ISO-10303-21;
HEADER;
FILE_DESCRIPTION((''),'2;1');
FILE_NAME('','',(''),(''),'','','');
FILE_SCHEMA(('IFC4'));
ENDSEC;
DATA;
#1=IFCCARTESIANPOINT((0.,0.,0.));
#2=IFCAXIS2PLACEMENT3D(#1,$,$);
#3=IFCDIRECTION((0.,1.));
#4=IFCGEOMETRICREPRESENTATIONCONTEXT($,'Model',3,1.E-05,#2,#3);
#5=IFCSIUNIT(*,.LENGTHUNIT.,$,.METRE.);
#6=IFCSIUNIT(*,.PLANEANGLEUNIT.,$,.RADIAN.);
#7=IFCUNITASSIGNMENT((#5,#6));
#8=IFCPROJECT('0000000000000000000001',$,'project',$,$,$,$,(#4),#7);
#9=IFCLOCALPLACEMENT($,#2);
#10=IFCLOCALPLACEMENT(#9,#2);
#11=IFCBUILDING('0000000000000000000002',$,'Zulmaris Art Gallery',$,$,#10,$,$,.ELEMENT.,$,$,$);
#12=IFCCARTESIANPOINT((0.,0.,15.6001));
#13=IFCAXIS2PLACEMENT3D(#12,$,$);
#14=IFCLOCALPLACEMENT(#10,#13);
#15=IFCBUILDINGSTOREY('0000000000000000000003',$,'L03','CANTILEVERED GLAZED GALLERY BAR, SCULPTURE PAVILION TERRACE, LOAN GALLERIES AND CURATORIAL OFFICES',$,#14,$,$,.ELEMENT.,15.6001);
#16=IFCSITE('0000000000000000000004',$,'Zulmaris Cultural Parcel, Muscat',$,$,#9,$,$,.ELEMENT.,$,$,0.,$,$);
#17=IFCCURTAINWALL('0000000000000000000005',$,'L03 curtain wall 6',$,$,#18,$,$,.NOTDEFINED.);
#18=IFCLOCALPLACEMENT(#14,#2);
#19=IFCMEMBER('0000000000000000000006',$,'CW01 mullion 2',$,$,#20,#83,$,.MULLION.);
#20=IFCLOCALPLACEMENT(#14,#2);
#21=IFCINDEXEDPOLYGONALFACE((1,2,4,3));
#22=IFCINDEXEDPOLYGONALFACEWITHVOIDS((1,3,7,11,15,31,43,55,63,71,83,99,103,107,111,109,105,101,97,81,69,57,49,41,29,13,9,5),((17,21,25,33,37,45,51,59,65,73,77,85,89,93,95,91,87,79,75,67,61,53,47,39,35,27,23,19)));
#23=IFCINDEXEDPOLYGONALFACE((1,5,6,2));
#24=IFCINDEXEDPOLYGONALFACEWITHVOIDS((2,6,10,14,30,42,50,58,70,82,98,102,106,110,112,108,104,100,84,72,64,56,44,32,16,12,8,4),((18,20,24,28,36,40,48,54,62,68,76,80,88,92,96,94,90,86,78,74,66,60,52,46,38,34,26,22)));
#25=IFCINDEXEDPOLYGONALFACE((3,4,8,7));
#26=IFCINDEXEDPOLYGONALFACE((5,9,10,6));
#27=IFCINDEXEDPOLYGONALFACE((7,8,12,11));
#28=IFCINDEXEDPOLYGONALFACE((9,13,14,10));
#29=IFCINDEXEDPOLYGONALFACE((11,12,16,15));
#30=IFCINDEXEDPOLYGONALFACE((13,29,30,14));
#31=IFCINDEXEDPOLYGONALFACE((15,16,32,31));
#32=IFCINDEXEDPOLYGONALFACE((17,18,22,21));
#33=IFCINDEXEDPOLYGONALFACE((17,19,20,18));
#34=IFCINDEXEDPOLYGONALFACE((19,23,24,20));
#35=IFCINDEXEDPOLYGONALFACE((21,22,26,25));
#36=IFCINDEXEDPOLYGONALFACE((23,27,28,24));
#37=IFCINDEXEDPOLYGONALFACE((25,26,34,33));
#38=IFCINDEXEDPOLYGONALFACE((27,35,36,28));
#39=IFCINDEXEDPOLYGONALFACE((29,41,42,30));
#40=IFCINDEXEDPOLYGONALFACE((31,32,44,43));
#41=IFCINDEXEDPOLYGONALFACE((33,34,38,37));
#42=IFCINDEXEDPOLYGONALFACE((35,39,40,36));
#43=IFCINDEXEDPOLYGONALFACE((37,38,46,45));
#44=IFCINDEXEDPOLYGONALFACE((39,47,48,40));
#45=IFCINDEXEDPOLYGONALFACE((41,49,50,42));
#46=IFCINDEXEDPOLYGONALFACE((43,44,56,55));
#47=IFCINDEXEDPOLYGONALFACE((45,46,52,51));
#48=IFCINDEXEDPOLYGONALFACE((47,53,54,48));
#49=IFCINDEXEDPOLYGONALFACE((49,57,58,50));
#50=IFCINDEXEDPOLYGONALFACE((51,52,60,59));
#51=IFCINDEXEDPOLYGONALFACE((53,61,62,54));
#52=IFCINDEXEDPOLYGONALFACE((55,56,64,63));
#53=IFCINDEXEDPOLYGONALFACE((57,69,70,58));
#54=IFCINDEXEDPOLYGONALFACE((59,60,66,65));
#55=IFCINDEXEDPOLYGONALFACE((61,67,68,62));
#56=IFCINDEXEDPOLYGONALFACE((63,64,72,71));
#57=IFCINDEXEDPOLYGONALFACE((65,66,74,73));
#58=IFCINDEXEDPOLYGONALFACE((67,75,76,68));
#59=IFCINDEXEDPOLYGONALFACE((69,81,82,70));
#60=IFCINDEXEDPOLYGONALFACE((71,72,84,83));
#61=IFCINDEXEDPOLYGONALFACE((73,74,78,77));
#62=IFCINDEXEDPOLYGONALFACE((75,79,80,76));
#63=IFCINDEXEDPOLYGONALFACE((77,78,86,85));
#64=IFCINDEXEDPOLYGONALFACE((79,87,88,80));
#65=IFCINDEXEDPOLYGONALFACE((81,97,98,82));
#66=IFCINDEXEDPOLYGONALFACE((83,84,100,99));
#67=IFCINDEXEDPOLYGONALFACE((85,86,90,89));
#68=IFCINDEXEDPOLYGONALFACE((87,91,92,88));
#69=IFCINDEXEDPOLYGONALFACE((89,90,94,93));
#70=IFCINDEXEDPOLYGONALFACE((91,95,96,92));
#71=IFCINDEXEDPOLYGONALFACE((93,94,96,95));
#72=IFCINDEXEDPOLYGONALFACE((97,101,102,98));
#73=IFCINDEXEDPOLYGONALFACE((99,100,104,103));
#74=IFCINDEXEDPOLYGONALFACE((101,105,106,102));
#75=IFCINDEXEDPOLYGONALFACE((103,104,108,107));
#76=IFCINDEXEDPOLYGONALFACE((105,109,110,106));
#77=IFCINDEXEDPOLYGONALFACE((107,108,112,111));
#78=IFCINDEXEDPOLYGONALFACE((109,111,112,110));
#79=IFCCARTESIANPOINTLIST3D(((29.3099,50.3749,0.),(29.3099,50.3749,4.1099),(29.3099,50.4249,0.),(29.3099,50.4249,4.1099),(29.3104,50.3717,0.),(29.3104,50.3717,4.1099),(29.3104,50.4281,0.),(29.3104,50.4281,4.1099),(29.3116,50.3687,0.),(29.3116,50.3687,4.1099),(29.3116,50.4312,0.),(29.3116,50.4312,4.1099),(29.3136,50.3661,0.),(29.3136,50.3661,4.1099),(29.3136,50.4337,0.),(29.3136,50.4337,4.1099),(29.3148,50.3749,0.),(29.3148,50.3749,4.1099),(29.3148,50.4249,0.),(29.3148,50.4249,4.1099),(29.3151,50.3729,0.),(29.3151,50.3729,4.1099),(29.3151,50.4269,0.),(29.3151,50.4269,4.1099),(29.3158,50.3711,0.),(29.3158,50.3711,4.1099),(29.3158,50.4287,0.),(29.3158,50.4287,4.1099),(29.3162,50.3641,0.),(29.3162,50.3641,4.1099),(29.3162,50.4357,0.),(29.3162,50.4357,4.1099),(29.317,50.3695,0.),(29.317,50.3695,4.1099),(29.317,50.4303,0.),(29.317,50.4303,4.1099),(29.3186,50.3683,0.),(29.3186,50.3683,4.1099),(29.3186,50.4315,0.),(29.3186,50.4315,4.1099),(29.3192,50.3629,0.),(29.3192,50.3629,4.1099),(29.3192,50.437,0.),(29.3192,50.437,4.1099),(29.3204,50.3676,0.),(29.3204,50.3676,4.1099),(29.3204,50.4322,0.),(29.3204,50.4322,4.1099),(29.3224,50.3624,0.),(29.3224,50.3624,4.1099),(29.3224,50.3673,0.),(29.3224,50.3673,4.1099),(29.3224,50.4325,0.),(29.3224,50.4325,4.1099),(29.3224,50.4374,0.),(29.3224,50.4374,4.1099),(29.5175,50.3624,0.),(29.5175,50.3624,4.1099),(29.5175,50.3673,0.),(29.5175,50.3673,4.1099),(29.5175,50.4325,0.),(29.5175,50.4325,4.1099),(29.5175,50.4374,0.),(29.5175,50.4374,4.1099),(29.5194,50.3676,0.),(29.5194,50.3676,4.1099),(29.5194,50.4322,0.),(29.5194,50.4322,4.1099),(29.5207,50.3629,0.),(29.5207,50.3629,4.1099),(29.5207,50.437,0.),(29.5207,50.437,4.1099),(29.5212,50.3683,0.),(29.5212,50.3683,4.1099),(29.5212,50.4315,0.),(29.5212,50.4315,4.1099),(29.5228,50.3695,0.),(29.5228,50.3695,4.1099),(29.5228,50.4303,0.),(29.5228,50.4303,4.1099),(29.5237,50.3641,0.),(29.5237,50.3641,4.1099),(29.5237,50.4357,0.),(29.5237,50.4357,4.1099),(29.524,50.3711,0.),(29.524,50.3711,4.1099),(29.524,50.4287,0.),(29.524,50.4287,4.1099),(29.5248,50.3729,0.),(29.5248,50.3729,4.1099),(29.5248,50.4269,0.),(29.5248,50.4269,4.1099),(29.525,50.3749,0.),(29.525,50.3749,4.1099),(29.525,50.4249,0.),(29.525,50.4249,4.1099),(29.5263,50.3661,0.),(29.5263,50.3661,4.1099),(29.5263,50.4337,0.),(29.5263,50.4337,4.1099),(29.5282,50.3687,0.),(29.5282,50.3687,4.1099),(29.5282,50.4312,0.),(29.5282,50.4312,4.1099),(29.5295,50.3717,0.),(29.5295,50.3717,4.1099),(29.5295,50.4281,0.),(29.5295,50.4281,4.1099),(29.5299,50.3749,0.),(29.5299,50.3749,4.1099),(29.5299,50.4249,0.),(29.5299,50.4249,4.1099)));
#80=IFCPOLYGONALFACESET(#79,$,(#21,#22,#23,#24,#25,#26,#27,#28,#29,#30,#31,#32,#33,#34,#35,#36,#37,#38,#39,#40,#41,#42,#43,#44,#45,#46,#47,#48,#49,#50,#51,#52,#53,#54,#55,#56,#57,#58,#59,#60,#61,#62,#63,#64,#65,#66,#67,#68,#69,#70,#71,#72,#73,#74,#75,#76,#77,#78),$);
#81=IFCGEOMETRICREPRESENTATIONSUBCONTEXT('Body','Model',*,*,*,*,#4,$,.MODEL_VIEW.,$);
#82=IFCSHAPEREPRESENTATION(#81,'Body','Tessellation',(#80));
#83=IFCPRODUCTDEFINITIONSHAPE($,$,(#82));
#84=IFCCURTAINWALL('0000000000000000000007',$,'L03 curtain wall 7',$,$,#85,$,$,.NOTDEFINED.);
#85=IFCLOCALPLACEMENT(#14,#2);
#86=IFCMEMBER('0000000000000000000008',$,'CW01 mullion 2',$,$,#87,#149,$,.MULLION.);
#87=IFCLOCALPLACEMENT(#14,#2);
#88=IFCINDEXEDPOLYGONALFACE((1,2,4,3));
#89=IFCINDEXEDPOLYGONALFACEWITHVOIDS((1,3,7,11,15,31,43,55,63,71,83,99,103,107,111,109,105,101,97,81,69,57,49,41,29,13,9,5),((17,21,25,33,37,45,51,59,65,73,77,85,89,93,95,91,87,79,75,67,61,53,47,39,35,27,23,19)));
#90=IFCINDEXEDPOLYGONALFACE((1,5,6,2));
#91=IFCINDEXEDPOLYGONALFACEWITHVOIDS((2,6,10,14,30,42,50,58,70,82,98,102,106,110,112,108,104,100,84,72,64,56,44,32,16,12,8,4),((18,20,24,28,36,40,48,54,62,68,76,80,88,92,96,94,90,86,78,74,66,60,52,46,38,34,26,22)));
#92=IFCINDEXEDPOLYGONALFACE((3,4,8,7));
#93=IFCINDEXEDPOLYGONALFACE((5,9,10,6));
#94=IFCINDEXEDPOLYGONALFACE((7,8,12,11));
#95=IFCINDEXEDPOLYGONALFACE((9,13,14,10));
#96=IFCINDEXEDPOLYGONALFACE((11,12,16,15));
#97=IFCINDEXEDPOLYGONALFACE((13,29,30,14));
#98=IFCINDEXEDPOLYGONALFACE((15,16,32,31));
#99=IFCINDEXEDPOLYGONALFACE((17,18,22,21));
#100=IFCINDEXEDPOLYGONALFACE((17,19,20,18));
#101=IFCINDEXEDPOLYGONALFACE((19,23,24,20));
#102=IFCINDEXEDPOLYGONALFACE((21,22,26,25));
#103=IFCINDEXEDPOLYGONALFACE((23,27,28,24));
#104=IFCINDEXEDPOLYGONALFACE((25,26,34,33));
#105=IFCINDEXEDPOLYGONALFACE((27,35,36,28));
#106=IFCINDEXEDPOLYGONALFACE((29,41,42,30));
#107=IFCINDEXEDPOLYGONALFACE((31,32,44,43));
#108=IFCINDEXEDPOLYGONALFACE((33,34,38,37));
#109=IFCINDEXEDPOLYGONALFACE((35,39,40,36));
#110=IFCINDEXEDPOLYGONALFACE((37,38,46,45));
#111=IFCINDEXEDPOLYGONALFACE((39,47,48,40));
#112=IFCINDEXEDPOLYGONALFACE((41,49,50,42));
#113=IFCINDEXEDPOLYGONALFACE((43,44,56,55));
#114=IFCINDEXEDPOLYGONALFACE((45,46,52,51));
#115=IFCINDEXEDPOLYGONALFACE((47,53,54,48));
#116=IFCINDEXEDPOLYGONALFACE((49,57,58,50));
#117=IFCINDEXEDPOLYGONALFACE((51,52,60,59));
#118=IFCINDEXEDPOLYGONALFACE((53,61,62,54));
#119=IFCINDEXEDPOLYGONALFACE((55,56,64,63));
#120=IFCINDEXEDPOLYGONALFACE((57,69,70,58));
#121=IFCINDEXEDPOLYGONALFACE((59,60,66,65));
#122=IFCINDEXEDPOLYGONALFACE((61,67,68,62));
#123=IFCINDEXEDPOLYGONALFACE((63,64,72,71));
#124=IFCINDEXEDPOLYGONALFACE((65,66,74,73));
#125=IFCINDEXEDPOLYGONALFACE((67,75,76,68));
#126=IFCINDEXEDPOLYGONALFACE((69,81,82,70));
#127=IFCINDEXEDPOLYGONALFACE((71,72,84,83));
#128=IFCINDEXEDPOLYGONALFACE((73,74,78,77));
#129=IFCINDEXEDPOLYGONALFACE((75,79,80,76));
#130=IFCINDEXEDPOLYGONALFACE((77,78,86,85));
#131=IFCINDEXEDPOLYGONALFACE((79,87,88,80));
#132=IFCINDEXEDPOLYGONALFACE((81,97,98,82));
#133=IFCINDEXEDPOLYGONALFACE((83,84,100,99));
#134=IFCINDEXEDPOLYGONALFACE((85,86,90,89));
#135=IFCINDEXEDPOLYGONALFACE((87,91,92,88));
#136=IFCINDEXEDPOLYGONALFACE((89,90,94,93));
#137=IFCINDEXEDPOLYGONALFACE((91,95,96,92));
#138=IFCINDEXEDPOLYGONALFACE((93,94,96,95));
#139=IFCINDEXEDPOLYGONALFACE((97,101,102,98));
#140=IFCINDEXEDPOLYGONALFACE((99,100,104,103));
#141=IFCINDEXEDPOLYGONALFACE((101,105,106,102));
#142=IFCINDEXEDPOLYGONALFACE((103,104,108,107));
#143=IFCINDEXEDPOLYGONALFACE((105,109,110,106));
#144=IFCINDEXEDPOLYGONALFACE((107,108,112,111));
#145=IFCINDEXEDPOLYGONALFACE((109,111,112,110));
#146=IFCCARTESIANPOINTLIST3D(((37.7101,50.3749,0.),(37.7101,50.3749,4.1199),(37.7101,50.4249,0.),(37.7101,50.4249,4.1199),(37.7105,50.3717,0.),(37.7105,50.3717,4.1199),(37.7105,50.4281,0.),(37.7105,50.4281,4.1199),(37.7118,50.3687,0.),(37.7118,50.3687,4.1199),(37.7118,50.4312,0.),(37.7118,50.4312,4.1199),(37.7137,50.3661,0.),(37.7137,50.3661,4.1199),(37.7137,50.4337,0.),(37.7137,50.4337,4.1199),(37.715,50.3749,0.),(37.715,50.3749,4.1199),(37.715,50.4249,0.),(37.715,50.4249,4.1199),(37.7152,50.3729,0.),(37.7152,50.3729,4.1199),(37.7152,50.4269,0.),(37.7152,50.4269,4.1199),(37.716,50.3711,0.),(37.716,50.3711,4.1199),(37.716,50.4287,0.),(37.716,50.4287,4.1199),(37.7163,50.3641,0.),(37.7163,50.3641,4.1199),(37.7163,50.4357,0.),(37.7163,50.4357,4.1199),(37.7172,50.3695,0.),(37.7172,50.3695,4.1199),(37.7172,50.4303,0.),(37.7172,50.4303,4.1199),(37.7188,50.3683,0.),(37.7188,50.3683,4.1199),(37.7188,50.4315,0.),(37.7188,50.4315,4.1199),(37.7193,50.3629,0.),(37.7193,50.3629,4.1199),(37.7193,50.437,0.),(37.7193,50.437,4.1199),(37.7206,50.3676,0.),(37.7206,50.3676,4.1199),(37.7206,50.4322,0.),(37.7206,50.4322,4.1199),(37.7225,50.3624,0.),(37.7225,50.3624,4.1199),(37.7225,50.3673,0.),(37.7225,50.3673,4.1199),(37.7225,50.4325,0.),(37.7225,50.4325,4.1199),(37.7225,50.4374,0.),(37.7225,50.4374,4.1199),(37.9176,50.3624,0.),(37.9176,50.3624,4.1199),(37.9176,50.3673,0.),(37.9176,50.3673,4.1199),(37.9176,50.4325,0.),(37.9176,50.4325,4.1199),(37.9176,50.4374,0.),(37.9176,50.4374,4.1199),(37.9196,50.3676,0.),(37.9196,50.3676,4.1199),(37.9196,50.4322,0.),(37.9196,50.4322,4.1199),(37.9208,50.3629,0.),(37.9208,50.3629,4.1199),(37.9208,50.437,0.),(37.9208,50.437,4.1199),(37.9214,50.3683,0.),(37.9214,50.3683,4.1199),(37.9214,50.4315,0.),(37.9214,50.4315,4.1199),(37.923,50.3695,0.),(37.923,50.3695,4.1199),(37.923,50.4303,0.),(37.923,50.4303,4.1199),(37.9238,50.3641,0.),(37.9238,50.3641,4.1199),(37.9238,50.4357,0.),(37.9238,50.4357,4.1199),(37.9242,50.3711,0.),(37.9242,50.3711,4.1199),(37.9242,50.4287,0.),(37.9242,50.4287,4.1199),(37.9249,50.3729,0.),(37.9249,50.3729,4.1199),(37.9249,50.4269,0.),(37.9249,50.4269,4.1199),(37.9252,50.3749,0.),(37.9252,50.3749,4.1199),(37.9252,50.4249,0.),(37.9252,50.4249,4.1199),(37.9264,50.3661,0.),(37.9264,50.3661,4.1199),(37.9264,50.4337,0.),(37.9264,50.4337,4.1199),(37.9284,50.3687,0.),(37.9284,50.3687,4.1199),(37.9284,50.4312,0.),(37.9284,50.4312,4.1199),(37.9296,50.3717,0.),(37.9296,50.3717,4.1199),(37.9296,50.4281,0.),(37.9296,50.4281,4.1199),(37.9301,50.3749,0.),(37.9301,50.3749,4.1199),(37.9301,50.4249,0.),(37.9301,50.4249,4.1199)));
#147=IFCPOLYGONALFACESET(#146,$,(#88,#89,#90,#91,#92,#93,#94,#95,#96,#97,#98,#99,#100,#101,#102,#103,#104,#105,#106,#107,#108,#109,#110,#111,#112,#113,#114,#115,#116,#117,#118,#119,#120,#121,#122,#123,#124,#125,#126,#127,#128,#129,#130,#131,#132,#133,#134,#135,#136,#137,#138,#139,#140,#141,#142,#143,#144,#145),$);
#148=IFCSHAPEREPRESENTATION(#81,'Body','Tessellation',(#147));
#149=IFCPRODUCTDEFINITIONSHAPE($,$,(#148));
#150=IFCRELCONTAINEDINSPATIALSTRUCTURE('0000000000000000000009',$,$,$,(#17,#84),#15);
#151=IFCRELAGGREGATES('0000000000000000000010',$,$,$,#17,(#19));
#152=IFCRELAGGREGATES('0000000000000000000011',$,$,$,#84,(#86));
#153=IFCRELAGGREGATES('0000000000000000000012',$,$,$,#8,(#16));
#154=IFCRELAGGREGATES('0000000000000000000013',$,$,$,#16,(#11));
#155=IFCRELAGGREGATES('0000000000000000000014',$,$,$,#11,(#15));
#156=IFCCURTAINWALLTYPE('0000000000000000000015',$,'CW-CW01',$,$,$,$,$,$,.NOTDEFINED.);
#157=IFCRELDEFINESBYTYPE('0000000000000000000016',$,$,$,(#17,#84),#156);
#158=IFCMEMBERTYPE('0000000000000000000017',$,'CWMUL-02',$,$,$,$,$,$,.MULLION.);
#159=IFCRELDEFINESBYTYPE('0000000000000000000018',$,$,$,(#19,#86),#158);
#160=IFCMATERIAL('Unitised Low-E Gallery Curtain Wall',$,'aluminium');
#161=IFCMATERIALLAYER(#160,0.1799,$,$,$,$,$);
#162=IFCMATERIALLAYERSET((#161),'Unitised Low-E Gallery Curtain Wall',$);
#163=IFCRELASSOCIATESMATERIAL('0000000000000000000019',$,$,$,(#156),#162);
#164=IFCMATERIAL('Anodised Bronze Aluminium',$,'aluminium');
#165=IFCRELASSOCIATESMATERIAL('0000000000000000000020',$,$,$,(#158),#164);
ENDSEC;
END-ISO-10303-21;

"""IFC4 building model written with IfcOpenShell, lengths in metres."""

from ifc_helpers import new_model, si_unit, direction, frame, origin, origin_2d, place, context, subcontext, project, spatial, hollow_rectangle, extrude, material, layer, layer_set, material_profile, profile_set, type_object, element, aggregate, save


model = new_model("IFC4")

# Units and contexts
model_context = context("Model", 3, precision=1e-05, world=origin(), true_north=direction((0.0, 1.0)))
body_context = subcontext(model_context, "Body", "Model", "MODEL_VIEW")
ifc_project = project(units=[si_unit("LENGTHUNIT", "METRE"), si_unit("PLANEANGLEUNIT", "RADIAN")], contexts=[model_context])

# Site, building, storey
site_placement = place(None, origin())
site = spatial("IfcSite", under=ifc_project, at=site_placement, Name="Zulmaris Cultural Parcel, Muscat", CompositionType="ELEMENT", RefElevation=0.0)
building_placement = place(site_placement, origin())
building = spatial("IfcBuilding", under=site, at=building_placement, Name="Zulmaris Art Gallery", CompositionType="ELEMENT")
storey_placement = place(building_placement, frame((0.0, 0.0, 15.6001)))
storey = spatial("IfcBuildingStorey", under=building, at=storey_placement, Name="L03", Description="CANTILEVERED GLAZED GALLERY BAR, SCULPTURE PAVILION TERRACE, LOAN GALLERIES AND CURATORIAL OFFICES", CompositionType="ELEMENT", Elevation=15.6001)

# Curtain walls, members
ifc_material_1 = material(Name="Unitised Low-E Gallery Curtain Wall", Category="aluminium")
ifc_layer_1 = layer(ifc_material_1, 0.1799)
ifc_layer_set_1 = layer_set([ifc_layer_1], Name="Unitised Low-E Gallery Curtain Wall")
curtain_wall_type = type_object("IfcCurtainWallType", Name="CW-CW01", PredefinedType="NOTDEFINED", material=ifc_layer_set_1)
curtain_wall_1_placement = place(storey_placement, origin())
curtain_wall_1 = element("IfcCurtainWall", 1, at=curtain_wall_1_placement, inside=storey, type_object=curtain_wall_type, Name="L03 curtain wall 6", PredefinedType="NOTDEFINED")
ifc_material_2 = material(Name="Anodised Bronze Aluminium", Category="aluminium")
ifc_material_profile_1 = material_profile(ifc_material_2, hollow_rectangle(XDim=0.075, YDim=0.22, WallThickness=0.0049, InnerFilletRadius=0.0076, OuterFilletRadius=0.0125, at=origin_2d()), Name="ALU 75x220x5")
ifc_profile_set_1 = profile_set([ifc_material_profile_1], Name="Anodised Bronze Aluminium")
member_type_1 = type_object("IfcMemberType", Name="CWMUL-02", PredefinedType="MULLION", material=ifc_profile_set_1)
member_1_placement = place(storey_placement, frame((29.4199, 50.3999, 0.0), z_axis=(0.0, 0.0, 1.0), x_axis=(0.0, -1.0, 0.0)))
member_1 = element("IfcMember", 2, at=member_1_placement, type_object=member_type_1, Name="CW01 mullion 2", PredefinedType="MULLION", context=body_context, shape_type="SweptSolid", body=[
    extrude(hollow_rectangle(XDim=0.075, YDim=0.22, WallThickness=0.0049, InnerFilletRadius=0.0076, OuterFilletRadius=0.0125, at=origin_2d()), origin(), (0.0, 0.0, 1.0), 4.1099),
])
curtain_wall_2_placement = place(storey_placement, origin())
curtain_wall_2 = element("IfcCurtainWall", 3, at=curtain_wall_2_placement, inside=storey, type_object=curtain_wall_type, Name="L03 curtain wall 7", PredefinedType="NOTDEFINED")
member_2_placement = place(storey_placement, frame((37.8201, 50.3999, 0.0), z_axis=(0.0, 0.0, 1.0), x_axis=(0.0, -1.0, 0.0)))
member_2 = element("IfcMember", 4, at=member_2_placement, type_object=member_type_1, Name="CW01 mullion 2", PredefinedType="MULLION", context=body_context, shape_type="SweptSolid", body=[
    extrude(hollow_rectangle(XDim=0.075, YDim=0.22, WallThickness=0.0049, InnerFilletRadius=0.0076, OuterFilletRadius=0.0125, at=origin_2d()), origin(), (0.0, 0.0, 1.0), 4.1199),
])

aggregate(curtain_wall_1, [member_1])
aggregate(curtain_wall_2, [member_2])

save(model, "model.ifc")
